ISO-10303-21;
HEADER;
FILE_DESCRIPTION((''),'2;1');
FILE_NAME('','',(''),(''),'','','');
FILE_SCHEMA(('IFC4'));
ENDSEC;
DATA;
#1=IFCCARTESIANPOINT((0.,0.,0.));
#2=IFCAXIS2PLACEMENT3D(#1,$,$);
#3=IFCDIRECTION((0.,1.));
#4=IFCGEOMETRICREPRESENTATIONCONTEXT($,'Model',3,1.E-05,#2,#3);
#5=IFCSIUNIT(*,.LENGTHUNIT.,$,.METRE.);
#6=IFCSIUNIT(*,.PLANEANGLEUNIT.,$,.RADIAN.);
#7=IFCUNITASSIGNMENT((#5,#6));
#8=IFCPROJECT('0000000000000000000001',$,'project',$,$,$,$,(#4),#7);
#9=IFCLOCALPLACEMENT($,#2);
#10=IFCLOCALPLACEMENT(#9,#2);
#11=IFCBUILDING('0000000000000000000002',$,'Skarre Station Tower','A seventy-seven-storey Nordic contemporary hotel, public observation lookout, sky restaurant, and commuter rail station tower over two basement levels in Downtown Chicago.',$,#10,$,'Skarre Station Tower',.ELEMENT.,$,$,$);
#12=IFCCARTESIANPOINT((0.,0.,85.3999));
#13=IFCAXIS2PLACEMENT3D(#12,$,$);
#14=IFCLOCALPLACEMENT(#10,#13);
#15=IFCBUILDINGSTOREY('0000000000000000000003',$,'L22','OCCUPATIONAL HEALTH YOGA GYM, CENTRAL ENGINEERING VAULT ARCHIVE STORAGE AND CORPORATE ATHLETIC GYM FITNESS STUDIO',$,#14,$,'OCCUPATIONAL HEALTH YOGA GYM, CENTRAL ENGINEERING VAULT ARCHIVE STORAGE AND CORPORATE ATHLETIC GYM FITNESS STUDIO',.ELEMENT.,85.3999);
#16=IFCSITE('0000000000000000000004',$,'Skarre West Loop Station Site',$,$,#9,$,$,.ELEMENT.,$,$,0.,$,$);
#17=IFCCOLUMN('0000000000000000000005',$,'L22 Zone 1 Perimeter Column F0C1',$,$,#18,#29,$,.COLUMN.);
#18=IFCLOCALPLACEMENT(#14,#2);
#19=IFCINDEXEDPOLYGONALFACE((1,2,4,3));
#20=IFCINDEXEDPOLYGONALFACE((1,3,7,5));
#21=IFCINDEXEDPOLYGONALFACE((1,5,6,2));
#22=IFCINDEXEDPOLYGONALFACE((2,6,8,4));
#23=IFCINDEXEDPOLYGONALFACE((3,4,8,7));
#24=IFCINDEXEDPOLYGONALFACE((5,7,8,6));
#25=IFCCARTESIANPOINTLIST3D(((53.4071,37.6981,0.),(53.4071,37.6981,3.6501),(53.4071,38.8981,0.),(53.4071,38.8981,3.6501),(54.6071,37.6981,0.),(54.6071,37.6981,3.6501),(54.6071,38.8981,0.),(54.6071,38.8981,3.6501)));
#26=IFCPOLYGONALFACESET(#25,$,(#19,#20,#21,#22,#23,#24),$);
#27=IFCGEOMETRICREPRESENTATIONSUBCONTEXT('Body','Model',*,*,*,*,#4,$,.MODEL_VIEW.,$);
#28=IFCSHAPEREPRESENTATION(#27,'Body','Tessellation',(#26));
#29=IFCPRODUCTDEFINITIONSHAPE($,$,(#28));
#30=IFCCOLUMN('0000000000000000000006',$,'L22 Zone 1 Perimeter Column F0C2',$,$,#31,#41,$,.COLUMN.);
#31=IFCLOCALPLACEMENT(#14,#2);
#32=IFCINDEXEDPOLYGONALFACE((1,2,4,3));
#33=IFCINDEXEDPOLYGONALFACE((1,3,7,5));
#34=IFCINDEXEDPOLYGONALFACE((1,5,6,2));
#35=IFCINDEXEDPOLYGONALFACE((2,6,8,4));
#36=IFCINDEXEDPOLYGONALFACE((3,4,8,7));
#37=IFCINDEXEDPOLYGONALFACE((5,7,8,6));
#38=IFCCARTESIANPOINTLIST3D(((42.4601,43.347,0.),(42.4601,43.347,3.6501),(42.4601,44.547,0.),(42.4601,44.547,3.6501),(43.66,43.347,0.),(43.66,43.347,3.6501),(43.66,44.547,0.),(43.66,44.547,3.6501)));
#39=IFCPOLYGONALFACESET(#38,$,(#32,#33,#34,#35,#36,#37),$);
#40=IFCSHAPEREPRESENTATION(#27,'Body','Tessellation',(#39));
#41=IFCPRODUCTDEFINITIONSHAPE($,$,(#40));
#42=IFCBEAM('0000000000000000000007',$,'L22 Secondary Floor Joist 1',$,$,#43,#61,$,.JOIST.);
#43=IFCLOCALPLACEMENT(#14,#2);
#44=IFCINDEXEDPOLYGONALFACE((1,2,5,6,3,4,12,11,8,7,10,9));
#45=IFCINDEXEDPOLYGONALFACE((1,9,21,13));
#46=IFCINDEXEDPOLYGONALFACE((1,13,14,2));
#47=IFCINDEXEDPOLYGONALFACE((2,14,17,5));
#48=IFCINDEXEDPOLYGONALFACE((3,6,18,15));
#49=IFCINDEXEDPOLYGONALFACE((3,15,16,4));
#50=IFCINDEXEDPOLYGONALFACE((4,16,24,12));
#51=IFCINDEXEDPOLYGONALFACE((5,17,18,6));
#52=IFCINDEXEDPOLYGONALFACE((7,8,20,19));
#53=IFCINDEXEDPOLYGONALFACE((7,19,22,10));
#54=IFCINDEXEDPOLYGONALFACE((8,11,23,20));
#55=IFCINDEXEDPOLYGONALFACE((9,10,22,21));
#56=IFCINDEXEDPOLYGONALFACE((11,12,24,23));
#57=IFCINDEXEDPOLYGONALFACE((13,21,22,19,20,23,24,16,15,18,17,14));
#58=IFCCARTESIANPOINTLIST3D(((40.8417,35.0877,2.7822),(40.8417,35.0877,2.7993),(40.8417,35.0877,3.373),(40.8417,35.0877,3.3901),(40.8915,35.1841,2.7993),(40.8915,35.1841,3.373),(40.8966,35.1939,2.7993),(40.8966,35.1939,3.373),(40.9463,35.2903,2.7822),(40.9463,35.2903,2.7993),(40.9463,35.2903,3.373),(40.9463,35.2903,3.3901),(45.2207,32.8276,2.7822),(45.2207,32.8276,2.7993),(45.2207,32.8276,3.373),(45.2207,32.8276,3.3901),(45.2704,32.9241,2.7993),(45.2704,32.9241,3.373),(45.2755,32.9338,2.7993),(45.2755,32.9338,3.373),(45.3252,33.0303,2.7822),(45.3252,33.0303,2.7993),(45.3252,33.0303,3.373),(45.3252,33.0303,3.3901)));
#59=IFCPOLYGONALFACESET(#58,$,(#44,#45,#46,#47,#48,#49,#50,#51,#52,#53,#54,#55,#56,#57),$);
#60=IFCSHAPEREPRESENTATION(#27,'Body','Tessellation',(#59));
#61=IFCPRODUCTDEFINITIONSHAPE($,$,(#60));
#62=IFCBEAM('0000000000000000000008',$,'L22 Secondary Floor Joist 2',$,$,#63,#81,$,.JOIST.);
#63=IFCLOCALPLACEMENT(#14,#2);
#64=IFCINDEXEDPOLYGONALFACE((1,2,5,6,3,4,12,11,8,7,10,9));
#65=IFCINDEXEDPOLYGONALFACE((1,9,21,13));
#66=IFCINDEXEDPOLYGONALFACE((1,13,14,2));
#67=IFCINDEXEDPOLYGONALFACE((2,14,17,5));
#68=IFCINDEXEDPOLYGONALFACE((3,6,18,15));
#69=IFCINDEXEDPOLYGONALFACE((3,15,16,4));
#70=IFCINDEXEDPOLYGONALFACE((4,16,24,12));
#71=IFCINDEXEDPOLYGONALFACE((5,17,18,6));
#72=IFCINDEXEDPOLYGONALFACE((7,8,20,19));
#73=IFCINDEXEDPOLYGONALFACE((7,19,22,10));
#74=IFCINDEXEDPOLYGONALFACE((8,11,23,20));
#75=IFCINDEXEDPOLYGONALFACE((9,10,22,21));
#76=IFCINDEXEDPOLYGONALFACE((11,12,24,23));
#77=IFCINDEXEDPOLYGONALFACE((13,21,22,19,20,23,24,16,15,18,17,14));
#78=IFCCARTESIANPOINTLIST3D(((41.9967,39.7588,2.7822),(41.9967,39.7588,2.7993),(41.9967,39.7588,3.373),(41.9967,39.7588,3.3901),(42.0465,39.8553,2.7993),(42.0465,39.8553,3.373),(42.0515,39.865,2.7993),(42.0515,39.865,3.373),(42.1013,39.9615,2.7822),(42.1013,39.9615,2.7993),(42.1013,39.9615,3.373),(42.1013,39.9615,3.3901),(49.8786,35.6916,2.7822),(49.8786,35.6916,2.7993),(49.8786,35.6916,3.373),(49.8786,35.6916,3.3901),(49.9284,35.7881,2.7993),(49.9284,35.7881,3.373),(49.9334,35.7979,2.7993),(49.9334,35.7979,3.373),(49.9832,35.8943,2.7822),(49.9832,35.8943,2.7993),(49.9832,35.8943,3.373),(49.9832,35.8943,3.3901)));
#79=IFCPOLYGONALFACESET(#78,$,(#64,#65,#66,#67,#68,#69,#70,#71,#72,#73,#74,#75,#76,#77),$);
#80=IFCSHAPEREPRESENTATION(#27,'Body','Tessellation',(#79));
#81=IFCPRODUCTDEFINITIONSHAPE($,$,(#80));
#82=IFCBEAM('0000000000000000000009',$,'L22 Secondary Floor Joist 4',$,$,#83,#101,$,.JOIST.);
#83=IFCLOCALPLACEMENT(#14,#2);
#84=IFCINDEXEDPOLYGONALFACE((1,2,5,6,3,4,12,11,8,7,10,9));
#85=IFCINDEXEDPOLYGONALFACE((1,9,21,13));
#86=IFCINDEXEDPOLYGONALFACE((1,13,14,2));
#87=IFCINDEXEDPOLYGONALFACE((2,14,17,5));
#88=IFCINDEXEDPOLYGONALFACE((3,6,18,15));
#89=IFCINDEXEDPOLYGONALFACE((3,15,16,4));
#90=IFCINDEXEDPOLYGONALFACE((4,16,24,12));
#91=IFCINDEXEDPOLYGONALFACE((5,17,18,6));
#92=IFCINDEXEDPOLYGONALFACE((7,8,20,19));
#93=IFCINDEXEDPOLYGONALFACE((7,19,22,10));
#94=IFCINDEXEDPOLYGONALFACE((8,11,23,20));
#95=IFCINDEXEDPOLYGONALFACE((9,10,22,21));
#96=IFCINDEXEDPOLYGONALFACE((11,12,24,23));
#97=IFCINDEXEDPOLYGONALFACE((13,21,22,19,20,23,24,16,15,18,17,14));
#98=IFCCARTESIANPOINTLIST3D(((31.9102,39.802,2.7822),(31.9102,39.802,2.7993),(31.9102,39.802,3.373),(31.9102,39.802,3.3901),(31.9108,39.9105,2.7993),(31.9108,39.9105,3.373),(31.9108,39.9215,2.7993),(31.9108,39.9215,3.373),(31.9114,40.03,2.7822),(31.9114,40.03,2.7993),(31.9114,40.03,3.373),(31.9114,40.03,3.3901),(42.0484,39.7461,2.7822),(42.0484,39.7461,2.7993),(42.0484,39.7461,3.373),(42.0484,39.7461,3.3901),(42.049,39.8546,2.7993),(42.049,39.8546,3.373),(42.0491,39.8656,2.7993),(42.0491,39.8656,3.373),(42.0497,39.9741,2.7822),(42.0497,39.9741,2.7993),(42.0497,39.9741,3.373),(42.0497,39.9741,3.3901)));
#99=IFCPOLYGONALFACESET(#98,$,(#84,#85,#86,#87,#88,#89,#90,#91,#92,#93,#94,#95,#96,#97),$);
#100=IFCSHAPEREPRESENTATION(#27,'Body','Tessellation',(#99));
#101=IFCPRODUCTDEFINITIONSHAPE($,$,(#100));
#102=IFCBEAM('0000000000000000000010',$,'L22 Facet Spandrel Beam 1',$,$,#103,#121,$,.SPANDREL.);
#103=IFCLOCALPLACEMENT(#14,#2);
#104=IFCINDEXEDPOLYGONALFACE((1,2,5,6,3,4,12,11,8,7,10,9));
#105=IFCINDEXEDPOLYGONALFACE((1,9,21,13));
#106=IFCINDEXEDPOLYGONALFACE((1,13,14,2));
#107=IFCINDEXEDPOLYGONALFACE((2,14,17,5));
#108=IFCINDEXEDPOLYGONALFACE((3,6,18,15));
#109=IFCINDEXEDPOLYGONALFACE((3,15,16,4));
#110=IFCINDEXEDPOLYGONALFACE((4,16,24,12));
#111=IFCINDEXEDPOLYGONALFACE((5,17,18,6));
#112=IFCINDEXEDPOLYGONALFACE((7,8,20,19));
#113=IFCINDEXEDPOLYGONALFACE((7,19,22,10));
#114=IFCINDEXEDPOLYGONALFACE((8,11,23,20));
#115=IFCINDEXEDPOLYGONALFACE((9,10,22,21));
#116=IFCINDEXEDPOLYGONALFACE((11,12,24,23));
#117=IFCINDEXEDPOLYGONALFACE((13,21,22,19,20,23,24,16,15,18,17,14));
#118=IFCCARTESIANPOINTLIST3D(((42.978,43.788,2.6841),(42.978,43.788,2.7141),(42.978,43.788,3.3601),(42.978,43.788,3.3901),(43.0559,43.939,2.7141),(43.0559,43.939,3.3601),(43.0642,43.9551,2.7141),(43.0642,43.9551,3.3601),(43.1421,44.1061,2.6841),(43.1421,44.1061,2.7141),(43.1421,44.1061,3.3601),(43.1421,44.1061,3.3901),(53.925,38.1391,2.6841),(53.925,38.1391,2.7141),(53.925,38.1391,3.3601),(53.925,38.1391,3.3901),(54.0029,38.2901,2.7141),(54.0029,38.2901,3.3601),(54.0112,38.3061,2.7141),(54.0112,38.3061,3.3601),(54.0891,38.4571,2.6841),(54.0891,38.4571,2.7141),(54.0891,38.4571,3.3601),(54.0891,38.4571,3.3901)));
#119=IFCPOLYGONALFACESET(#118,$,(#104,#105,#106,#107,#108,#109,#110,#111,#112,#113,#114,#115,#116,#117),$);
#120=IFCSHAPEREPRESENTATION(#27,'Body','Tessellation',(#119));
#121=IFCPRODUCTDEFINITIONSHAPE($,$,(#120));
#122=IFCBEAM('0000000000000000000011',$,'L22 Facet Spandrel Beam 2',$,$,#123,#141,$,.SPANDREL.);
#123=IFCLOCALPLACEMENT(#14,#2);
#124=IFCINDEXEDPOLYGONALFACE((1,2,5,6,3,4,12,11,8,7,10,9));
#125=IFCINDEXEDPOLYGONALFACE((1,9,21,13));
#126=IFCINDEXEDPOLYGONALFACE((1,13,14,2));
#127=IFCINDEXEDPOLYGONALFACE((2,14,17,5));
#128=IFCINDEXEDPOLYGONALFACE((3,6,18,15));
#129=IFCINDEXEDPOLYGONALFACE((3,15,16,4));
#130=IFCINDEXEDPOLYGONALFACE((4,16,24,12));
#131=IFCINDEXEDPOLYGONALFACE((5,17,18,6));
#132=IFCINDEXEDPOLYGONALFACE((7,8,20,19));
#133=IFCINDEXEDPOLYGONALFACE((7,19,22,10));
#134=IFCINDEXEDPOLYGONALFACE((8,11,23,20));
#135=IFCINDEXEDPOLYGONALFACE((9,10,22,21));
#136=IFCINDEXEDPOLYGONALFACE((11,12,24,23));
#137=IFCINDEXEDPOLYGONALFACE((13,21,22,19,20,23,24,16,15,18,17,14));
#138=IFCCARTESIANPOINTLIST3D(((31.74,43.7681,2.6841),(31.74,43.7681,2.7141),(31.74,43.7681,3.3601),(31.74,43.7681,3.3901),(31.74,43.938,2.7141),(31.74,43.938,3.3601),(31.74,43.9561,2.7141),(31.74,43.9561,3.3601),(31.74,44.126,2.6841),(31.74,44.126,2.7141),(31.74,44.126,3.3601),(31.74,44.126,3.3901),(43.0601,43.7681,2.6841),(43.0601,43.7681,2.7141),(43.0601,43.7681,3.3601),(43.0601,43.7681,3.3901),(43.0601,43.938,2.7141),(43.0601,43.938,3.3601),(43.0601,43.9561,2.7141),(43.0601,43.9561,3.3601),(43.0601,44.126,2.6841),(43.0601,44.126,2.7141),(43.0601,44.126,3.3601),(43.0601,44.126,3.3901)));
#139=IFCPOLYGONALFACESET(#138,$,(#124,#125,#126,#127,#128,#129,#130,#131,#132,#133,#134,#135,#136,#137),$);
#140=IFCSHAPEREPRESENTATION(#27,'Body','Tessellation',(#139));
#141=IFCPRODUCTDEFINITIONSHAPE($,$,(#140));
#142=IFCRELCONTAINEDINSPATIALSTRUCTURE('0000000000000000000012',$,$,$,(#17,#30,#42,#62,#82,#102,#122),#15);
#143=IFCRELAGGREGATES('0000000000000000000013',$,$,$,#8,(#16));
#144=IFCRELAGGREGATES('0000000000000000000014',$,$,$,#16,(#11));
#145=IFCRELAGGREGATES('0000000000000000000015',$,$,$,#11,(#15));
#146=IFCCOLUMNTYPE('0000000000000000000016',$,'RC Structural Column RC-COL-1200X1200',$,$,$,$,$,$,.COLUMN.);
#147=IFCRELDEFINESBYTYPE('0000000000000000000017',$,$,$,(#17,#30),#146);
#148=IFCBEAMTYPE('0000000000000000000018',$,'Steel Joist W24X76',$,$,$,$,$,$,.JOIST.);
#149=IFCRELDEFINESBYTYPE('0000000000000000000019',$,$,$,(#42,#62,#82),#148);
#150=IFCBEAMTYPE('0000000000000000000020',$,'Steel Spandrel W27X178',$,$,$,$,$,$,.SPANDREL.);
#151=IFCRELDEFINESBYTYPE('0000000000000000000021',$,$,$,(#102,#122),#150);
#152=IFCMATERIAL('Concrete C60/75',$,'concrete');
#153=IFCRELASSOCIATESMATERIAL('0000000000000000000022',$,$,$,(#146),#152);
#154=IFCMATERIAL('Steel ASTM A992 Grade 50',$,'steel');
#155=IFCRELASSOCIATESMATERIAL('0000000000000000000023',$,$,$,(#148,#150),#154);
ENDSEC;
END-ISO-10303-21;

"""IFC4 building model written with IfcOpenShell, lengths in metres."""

from ifc_helpers import new_model, si_unit, direction, frame, origin, origin_2d, place, context, subcontext, project, spatial, rectangle, i_section, extrude, material, material_profile, profile_set, type_object, element, save


model = new_model("IFC4")

# Units and contexts
model_context = context("Model", 3, precision=1e-05, world=origin(), true_north=direction((0.0, 1.0)))
body_context = subcontext(model_context, "Body", "Model", "MODEL_VIEW")
ifc_project = project(units=[si_unit("LENGTHUNIT", "METRE"), si_unit("PLANEANGLEUNIT", "RADIAN")], contexts=[model_context])

# Site, building, storey
site_placement = place(None, origin())
site = spatial("IfcSite", under=ifc_project, at=site_placement, Name="Skarre West Loop Station Site", CompositionType="ELEMENT", RefElevation=0.0)
building_placement = place(site_placement, origin())
building = spatial("IfcBuilding", under=site, at=building_placement, Name="Skarre Station Tower", Description="A seventy-seven-storey Nordic contemporary hotel, public observation lookout, sky restaurant, and commuter rail station tower over two basement levels in Downtown Chicago.", LongName="Skarre Station Tower", CompositionType="ELEMENT")
storey_placement = place(building_placement, frame((0.0, 0.0, 85.3999)))
storey = spatial("IfcBuildingStorey", under=building, at=storey_placement, Name="L22", Description="OCCUPATIONAL HEALTH YOGA GYM, CENTRAL ENGINEERING VAULT ARCHIVE STORAGE AND CORPORATE ATHLETIC GYM FITNESS STUDIO", LongName="OCCUPATIONAL HEALTH YOGA GYM, CENTRAL ENGINEERING VAULT ARCHIVE STORAGE AND CORPORATE ATHLETIC GYM FITNESS STUDIO", CompositionType="ELEMENT", Elevation=85.3999)

# Columns
ifc_material_1 = material(Name="Concrete C60/75", Category="concrete")
ifc_material_profile_1 = material_profile(ifc_material_1, rectangle(XDim=1.2, YDim=1.2, at=origin_2d()), Name="Concrete C60/75")
ifc_profile_set_1 = profile_set([ifc_material_profile_1], Name="Concrete C60/75")
column_type = type_object("IfcColumnType", Name="RC Structural Column RC-COL-1200X1200", PredefinedType="COLUMN", material=ifc_profile_set_1)
for number, where, z_axis, x_axis, name in (
    (1, (54.0071, 38.2981, 0.0), (0.0, 0.0, 1.0), (1.0, 0.0, 0.0), "L22 Zone 1 Perimeter Column F0C1"),
    (2, (43.0601, 43.947, 0.0), (0.0, 0.0, 1.0), (1.0, 0.0, 0.0), "L22 Zone 1 Perimeter Column F0C2"),
):
    element("IfcColumn", number, at=place(storey_placement, frame(where, z_axis=z_axis, x_axis=x_axis)), inside=storey, type_object=column_type, Name=name, PredefinedType="COLUMN", context=body_context, shape_type="SweptSolid", body=[
        extrude(rectangle(XDim=1.2, YDim=1.2, at=origin_2d()), origin(), (0.0, 0.0, 1.0), 3.6501),
    ])

# Beams
ifc_material_2 = material(Name="Steel ASTM A992 Grade 50", Category="steel")
ifc_material_profile_2 = material_profile(ifc_material_2, i_section(OverallWidth=0.228, OverallDepth=0.6079, WebThickness=0.011, FlangeThickness=0.0171, at=origin_2d()), Name="Steel ASTM A992 Grade 50")
ifc_profile_set_2 = profile_set([ifc_material_profile_2], Name="Steel ASTM A992 Grade 50")
beam_type_1 = type_object("IfcBeamType", Name="Steel Joist W24X76", PredefinedType="JOIST", material=ifc_profile_set_2)
beam_1_placement = place(storey_placement, frame((45.2729, 32.929, 3.0862), z_axis=(-0.888627, 0.458632, 0.0), x_axis=(-0.458632, -0.888627, 0.0)))
element("IfcBeam", 3, at=beam_1_placement, inside=storey, type_object=beam_type_1, Name="L22 Secondary Floor Joist 1", PredefinedType="JOIST", context=body_context, shape_type="SweptSolid", body=[
    extrude(i_section(OverallWidth=0.228, OverallDepth=0.6079, WebThickness=0.011, FlangeThickness=0.0171, at=origin_2d()), origin(), (0.0, 0.0, 1.0), 4.9277),
])
beam_2_placement = place(storey_placement, frame((49.9309, 35.793, 3.0862), z_axis=(-0.888662, 0.458562, 0.0), x_axis=(-0.458562, -0.888662, 0.0)))
element("IfcBeam", 4, at=beam_2_placement, inside=storey, type_object=beam_type_1, Name="L22 Secondary Floor Joist 2", PredefinedType="JOIST", context=body_context, shape_type="SweptSolid", body=[
    extrude(i_section(OverallWidth=0.228, OverallDepth=0.6079, WebThickness=0.011, FlangeThickness=0.0171, at=origin_2d()), origin(), (0.0, 0.0, 1.0), 8.8694),
])
beam_3_placement = place(storey_placement, frame((42.0491, 39.8601, 3.0862), z_axis=(-0.999985, 0.005515, 0.0), x_axis=(-0.005515, -0.999985, 0.0)))
element("IfcBeam", 5, at=beam_3_placement, inside=storey, type_object=beam_type_1, Name="L22 Secondary Floor Joist 4", PredefinedType="JOIST", context=body_context, shape_type="SweptSolid", body=[
    extrude(i_section(OverallWidth=0.228, OverallDepth=0.6079, WebThickness=0.011, FlangeThickness=0.0171, at=origin_2d()), origin(), (0.0, 0.0, 1.0), 10.1384),
])
ifc_material_profile_3 = material_profile(ifc_material_2, i_section(OverallWidth=0.3579, OverallDepth=0.7061, WebThickness=0.0181, FlangeThickness=0.03, at=origin_2d()), Name="Steel ASTM A992 Grade 50")
ifc_profile_set_3 = profile_set([ifc_material_profile_3], Name="Steel ASTM A992 Grade 50")
beam_type_2 = type_object("IfcBeamType", Name="Steel Spandrel W27X178", PredefinedType="SPANDREL", material=ifc_profile_set_3)
beam_4_placement = place(storey_placement, frame((54.0071, 38.2981, 3.0371), z_axis=(-0.888659, 0.458569, 0.0), x_axis=(-0.458569, -0.888659, 0.0)))
element("IfcBeam", 6, at=beam_4_placement, inside=storey, type_object=beam_type_2, Name="L22 Facet Spandrel Beam 1", PredefinedType="SPANDREL", context=body_context, shape_type="SweptSolid", body=[
    extrude(i_section(OverallWidth=0.3579, OverallDepth=0.7061, WebThickness=0.0181, FlangeThickness=0.03, at=origin_2d()), origin(), (0.0, 0.0, 1.0), 12.3186),
])
beam_5_placement = place(storey_placement, frame((43.0601, 43.947, 3.0371), z_axis=(-1.0, 0.0, 0.0), x_axis=(0.0, -1.0, 0.0)))
element("IfcBeam", 7, at=beam_5_placement, inside=storey, type_object=beam_type_2, Name="L22 Facet Spandrel Beam 2", PredefinedType="SPANDREL", context=body_context, shape_type="SweptSolid", body=[
    extrude(i_section(OverallWidth=0.3579, OverallDepth=0.7061, WebThickness=0.0181, FlangeThickness=0.03, at=origin_2d()), origin(), (0.0, 0.0, 1.0), 11.3201),
])

save(model, "model.ifc")
